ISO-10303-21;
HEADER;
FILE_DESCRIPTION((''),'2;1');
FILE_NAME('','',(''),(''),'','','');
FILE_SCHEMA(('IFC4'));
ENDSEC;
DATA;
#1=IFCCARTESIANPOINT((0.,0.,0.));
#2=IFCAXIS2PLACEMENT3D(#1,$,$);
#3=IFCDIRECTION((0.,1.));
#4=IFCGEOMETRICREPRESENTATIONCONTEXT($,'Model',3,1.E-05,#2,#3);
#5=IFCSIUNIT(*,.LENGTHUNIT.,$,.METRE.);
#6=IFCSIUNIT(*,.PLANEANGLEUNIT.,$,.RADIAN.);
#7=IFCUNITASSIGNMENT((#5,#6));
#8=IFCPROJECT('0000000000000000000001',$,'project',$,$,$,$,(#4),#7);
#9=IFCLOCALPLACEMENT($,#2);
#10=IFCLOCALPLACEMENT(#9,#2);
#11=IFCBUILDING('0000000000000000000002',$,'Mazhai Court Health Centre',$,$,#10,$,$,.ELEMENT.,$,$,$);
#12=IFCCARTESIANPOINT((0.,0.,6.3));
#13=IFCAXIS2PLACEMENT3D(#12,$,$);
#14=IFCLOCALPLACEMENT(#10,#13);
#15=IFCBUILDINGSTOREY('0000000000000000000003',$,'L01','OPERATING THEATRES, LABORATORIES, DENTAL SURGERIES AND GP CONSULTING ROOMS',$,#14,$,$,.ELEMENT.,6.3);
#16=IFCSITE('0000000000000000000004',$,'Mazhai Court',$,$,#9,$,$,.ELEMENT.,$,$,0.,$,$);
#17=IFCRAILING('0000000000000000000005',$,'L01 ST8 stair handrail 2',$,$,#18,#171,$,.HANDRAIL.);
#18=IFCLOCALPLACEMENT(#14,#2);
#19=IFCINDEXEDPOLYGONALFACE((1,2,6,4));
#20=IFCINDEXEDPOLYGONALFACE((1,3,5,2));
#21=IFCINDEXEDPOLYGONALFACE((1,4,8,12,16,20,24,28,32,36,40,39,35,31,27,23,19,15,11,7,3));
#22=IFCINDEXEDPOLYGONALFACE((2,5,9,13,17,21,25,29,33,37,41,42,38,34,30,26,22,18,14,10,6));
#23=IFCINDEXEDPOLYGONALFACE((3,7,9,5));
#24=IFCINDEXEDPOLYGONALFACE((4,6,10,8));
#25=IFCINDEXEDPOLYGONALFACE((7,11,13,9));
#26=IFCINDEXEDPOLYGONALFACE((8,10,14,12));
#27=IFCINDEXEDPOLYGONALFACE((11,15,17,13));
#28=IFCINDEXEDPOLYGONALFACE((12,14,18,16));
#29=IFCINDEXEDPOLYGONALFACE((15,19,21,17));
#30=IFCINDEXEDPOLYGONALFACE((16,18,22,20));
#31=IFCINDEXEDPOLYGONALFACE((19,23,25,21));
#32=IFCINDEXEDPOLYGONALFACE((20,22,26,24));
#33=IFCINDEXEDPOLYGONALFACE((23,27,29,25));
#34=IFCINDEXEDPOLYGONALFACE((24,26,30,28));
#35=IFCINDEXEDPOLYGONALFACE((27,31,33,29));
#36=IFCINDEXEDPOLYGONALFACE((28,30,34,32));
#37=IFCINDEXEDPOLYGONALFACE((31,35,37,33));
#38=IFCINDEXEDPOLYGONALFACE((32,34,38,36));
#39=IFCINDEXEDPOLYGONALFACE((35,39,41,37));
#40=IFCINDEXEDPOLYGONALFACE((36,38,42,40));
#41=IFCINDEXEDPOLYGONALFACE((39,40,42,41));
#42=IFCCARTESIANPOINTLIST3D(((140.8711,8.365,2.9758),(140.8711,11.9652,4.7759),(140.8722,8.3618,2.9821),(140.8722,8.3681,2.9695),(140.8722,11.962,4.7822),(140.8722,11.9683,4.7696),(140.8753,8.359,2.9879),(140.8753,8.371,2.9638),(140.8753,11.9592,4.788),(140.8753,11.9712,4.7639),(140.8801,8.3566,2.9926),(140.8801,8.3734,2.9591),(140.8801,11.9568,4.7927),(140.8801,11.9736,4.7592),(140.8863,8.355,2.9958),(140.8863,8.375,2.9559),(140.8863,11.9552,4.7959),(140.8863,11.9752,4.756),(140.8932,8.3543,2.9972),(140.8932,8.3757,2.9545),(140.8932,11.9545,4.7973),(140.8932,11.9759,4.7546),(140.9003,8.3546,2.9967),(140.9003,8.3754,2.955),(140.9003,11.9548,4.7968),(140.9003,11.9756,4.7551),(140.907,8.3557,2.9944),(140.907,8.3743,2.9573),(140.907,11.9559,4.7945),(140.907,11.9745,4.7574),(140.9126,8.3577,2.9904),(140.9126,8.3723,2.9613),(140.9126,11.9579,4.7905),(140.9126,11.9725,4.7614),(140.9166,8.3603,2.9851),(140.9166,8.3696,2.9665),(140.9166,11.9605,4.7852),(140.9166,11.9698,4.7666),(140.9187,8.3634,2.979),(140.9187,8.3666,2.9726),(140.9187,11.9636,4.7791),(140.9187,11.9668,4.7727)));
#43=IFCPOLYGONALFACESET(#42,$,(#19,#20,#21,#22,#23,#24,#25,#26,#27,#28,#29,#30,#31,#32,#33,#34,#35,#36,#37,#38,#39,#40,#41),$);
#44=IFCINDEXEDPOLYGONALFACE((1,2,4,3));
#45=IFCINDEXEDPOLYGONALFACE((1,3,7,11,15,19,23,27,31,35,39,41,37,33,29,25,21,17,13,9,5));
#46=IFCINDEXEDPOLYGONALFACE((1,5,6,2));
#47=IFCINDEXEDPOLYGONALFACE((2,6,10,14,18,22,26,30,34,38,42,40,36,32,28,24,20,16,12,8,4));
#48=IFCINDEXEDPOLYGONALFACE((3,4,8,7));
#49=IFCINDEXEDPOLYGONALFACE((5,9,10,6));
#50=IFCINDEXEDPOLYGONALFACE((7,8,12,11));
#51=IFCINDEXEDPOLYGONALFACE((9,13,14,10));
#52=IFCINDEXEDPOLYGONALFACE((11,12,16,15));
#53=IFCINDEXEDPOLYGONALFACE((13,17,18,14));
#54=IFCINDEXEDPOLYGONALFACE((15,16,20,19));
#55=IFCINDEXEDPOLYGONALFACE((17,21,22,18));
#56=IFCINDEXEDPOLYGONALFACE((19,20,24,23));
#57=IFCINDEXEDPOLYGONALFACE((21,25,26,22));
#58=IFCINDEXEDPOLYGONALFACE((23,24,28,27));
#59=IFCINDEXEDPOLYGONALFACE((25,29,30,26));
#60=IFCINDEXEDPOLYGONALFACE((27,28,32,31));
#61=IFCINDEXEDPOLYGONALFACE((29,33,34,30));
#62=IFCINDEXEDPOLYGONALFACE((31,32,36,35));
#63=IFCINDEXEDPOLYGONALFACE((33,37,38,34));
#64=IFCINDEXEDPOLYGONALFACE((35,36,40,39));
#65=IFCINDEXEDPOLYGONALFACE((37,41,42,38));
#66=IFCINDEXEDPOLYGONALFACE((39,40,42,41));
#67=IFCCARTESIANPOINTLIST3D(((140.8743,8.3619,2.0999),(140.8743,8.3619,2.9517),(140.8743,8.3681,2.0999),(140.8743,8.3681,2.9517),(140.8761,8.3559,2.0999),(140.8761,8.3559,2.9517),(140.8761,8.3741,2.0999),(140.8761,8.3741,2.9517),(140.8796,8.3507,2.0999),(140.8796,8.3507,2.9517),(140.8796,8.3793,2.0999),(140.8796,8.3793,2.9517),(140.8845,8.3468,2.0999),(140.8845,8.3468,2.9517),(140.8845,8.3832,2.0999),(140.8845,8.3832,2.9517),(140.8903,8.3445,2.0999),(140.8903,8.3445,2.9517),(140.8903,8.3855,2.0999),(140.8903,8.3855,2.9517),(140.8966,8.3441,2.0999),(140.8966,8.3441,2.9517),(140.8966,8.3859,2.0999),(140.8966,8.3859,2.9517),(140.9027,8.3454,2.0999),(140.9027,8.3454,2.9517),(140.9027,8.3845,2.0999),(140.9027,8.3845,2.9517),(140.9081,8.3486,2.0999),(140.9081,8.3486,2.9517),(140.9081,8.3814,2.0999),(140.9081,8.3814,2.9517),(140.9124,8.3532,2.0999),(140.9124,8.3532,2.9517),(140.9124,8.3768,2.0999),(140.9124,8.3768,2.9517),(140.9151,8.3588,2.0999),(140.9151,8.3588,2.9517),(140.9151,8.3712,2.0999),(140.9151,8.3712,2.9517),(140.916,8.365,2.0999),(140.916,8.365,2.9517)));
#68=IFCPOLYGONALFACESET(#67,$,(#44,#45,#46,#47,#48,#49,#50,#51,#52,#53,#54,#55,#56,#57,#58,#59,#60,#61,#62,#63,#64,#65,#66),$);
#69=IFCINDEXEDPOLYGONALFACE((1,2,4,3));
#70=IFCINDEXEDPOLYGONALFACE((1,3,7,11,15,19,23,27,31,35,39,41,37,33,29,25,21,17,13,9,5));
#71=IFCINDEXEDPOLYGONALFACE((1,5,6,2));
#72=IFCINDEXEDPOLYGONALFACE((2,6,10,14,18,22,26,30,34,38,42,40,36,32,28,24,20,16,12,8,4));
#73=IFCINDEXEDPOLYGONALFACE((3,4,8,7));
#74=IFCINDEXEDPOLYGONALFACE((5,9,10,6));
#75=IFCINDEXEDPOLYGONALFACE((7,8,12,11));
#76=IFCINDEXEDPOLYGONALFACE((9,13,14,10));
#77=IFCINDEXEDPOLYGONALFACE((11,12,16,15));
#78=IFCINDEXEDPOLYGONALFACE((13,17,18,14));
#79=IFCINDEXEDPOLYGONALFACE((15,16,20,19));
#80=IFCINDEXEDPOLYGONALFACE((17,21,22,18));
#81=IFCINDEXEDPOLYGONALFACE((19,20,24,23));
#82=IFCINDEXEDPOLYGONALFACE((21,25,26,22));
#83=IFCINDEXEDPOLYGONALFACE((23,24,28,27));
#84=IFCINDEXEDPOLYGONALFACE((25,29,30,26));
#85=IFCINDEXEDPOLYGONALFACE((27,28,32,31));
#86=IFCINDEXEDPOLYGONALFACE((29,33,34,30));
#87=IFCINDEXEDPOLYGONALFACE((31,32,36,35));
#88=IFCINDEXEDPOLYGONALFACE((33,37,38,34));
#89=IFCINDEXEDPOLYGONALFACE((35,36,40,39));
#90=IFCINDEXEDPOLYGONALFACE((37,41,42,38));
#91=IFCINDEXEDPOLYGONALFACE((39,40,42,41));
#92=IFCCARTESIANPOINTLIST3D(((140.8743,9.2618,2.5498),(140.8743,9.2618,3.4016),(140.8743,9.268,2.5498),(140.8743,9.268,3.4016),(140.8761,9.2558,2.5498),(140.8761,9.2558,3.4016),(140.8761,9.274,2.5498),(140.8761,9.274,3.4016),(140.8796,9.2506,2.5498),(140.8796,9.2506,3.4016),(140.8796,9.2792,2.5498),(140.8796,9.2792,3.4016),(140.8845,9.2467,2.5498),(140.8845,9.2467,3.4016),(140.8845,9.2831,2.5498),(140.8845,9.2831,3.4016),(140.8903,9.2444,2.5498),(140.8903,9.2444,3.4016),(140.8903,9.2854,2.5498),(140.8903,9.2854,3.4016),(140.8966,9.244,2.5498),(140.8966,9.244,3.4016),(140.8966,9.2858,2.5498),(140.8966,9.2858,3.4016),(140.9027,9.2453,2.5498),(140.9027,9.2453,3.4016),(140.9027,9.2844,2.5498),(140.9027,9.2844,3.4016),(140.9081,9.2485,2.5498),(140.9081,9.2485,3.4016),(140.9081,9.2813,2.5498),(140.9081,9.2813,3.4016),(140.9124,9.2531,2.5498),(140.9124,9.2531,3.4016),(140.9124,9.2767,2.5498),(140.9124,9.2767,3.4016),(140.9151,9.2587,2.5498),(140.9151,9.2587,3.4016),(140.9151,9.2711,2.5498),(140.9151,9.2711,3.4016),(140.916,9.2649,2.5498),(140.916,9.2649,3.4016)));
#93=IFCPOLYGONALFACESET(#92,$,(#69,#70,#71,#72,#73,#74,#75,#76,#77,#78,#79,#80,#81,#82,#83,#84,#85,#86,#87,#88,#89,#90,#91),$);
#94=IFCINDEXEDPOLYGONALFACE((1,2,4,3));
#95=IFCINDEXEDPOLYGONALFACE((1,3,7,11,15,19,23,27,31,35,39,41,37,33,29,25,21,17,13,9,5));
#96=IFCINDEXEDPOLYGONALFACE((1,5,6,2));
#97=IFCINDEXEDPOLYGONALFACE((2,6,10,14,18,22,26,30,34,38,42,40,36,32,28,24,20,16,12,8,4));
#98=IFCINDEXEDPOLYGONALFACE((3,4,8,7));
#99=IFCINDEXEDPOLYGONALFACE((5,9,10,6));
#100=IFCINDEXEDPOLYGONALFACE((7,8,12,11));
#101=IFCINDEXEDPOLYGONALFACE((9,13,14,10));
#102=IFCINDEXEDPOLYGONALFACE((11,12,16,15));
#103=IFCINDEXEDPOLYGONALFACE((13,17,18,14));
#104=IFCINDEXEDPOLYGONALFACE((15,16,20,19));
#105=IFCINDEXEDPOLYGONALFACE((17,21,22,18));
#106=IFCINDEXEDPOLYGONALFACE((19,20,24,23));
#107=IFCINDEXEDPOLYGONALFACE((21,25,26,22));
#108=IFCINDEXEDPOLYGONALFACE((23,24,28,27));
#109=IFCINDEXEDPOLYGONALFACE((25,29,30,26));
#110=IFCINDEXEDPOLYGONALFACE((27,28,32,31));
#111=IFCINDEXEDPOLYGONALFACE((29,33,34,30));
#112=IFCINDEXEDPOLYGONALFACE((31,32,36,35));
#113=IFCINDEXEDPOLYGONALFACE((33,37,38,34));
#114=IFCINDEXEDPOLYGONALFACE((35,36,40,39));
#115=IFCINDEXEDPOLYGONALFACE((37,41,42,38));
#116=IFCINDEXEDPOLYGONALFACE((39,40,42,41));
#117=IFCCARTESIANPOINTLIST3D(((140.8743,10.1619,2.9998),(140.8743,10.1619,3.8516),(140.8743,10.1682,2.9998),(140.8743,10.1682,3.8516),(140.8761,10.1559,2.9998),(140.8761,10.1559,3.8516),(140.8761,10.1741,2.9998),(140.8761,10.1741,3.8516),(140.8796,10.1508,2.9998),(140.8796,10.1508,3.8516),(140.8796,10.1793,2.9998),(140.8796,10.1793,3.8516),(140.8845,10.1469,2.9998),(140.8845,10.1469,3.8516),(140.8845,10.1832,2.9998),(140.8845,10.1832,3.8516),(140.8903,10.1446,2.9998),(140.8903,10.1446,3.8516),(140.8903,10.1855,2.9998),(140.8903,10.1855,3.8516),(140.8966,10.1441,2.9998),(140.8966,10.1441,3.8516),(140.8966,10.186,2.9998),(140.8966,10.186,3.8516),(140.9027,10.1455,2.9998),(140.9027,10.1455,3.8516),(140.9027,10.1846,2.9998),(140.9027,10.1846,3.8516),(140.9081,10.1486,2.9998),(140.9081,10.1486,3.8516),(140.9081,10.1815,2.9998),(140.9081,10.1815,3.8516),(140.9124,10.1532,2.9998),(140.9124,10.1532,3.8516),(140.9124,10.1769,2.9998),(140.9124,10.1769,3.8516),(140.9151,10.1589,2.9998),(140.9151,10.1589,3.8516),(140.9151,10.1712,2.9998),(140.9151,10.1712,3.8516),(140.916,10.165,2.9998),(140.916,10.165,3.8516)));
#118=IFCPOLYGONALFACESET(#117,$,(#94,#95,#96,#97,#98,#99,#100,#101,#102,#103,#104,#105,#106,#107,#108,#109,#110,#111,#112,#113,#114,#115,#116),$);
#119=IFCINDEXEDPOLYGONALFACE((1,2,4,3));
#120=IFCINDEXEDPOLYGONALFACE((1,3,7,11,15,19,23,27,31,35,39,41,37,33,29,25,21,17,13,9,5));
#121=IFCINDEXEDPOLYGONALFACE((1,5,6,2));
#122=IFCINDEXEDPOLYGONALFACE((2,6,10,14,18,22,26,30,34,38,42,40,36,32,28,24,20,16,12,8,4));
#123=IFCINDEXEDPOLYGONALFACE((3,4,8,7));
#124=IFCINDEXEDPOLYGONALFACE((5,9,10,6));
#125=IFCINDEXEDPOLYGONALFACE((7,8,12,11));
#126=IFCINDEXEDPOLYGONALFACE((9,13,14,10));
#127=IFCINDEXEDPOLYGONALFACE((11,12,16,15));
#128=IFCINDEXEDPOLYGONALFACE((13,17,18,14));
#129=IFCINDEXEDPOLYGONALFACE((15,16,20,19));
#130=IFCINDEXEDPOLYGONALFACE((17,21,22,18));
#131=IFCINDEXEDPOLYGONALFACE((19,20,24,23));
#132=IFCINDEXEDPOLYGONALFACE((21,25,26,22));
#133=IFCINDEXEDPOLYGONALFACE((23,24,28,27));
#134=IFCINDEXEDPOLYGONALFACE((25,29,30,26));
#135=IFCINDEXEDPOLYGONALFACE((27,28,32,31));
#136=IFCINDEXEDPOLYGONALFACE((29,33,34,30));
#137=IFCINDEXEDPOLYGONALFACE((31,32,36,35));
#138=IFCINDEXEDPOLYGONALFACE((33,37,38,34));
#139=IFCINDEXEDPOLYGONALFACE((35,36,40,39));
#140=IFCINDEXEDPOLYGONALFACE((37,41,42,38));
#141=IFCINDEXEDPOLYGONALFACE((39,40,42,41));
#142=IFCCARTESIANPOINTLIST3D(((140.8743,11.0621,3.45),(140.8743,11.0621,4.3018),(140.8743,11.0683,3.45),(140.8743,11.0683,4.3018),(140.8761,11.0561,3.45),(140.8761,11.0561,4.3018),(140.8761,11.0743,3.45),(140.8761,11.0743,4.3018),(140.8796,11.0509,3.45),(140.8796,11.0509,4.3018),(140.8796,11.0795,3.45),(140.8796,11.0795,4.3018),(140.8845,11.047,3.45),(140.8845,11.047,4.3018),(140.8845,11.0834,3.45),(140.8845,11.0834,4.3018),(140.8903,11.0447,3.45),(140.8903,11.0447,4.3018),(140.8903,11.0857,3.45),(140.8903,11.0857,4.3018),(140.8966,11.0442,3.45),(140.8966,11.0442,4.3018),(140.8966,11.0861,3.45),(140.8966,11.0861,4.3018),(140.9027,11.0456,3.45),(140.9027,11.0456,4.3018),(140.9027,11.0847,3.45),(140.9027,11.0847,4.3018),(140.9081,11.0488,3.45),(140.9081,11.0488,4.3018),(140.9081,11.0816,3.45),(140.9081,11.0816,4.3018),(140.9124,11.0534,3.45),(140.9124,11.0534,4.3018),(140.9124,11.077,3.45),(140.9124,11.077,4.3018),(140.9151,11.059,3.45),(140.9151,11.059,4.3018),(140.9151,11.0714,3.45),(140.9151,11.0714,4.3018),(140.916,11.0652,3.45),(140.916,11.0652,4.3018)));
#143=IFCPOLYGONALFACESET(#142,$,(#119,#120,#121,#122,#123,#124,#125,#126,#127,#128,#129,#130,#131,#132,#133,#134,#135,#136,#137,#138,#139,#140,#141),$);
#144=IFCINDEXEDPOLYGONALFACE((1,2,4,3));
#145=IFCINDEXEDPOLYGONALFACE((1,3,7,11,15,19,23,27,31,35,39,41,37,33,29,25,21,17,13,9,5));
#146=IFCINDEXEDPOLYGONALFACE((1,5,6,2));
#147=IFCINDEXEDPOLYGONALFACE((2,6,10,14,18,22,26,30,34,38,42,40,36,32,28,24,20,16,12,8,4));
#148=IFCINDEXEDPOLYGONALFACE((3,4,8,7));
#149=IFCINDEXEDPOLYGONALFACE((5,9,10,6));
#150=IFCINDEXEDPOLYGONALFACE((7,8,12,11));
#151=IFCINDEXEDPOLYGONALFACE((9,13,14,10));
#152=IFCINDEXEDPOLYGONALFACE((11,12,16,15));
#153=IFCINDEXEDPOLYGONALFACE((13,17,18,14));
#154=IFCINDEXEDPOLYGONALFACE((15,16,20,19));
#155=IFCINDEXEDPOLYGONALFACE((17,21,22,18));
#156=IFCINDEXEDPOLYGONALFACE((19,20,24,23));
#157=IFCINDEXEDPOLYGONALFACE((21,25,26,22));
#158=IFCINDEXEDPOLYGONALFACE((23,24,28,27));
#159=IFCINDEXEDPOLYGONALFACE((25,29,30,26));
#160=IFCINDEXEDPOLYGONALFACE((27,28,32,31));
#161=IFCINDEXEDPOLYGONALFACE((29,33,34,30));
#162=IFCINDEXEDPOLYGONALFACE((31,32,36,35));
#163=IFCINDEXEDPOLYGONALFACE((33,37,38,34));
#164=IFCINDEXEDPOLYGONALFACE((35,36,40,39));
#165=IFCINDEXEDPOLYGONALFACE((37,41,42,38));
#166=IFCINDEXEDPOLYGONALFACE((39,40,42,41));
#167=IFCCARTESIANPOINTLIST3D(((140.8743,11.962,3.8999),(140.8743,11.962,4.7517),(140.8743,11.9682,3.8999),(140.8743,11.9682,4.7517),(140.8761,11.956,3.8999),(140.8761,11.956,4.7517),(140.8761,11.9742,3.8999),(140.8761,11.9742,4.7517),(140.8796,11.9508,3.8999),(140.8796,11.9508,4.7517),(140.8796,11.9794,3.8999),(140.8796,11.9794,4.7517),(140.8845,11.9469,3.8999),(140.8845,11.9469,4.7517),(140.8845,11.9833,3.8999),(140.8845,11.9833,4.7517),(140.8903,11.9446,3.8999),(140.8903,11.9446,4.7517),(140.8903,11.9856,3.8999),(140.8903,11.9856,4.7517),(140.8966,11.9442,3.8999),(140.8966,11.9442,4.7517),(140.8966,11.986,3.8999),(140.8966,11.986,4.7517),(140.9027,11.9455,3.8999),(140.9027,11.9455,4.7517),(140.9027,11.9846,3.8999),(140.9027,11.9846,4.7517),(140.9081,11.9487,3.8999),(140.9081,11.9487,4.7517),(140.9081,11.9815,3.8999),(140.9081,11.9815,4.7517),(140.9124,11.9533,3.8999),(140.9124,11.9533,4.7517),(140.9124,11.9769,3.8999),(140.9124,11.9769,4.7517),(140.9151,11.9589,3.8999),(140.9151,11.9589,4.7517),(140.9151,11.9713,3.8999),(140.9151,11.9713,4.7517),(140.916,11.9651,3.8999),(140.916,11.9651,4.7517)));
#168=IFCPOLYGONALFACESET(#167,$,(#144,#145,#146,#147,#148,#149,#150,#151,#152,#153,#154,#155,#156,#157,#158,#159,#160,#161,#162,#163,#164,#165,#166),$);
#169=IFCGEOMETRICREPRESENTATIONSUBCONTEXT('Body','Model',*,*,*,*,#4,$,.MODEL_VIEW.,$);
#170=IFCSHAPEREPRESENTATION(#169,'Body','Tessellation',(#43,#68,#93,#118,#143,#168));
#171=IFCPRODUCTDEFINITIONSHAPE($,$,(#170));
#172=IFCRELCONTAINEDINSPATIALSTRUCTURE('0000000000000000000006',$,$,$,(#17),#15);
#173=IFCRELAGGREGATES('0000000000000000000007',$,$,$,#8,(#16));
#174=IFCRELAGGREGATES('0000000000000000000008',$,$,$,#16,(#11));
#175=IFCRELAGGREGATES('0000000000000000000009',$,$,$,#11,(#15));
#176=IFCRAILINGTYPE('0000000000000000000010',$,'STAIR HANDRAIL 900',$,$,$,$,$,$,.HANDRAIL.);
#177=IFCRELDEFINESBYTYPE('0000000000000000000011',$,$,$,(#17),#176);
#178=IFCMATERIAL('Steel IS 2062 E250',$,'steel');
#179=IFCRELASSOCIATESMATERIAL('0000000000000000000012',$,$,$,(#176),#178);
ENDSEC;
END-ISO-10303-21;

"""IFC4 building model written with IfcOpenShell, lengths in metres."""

from ifc_helpers import new_model, si_unit, direction, frame, origin, origin_2d, place, context, subcontext, project, spatial, circle, extrude, material, type_object, element, save


model = new_model("IFC4")

# Units and contexts
model_context = context("Model", 3, precision=1e-05, world=origin(), true_north=direction((0.0, 1.0)))
body_context = subcontext(model_context, "Body", "Model", "MODEL_VIEW")
ifc_project = project(units=[si_unit("LENGTHUNIT", "METRE"), si_unit("PLANEANGLEUNIT", "RADIAN")], contexts=[model_context])

# Site, building, storey
site_placement = place(None, origin())
site = spatial("IfcSite", under=ifc_project, at=site_placement, Name="Mazhai Court", CompositionType="ELEMENT", RefElevation=0.0)
building_placement = place(site_placement, origin())
building = spatial("IfcBuilding", under=site, at=building_placement, Name="Mazhai Court Health Centre", CompositionType="ELEMENT")
storey_placement = place(building_placement, frame((0.0, 0.0, 6.3)))
storey = spatial("IfcBuildingStorey", under=building, at=storey_placement, Name="L01", Description="OPERATING THEATRES, LABORATORIES, DENTAL SURGERIES AND GP CONSULTING ROOMS", CompositionType="ELEMENT", Elevation=6.3)

# Railing
ifc_material_1 = material(Name="Steel IS 2062 E250", Category="steel")
railing_type_1 = type_object("IfcRailingType", Name="STAIR HANDRAIL 900", PredefinedType="HANDRAIL", material=ifc_material_1)
railing_1_placement = place(storey_placement, frame((140.895, 8.365, 2.0999)))
element("IfcRailing", 1, at=railing_1_placement, inside=storey, type_object=railing_type_1, Name="L01 ST8 stair handrail 2", PredefinedType="HANDRAIL", context=body_context, shape_type="SweptSolid", body=[
    extrude(circle(Radius=0.0239, at=origin_2d()), frame((0.0, 0.0, 0.876), z_axis=(0.0, 0.894427, 0.447214), x_axis=(-1.0, 0.0, 0.0)), (0.0, 0.0, 1.0), 4.0251),
    extrude(circle(Radius=0.021, at=origin_2d()), origin(), (0.0, 0.0, 1.0), 0.8518),
    extrude(circle(Radius=0.021, at=origin_2d()), frame((0.0, 0.8999, 0.45)), (0.0, 0.0, 1.0), 0.8518),
    extrude(circle(Radius=0.021, at=origin_2d()), frame((0.0, 1.8, 0.8999)), (0.0, 0.0, 1.0), 0.8518),
    extrude(circle(Radius=0.021, at=origin_2d()), frame((0.0, 2.7002, 1.3501)), (0.0, 0.0, 1.0), 0.8518),
    extrude(circle(Radius=0.021, at=origin_2d()), frame((0.0, 3.6001, 1.8)), (0.0, 0.0, 1.0), 0.8518),
])

save(model, "model.ifc")
